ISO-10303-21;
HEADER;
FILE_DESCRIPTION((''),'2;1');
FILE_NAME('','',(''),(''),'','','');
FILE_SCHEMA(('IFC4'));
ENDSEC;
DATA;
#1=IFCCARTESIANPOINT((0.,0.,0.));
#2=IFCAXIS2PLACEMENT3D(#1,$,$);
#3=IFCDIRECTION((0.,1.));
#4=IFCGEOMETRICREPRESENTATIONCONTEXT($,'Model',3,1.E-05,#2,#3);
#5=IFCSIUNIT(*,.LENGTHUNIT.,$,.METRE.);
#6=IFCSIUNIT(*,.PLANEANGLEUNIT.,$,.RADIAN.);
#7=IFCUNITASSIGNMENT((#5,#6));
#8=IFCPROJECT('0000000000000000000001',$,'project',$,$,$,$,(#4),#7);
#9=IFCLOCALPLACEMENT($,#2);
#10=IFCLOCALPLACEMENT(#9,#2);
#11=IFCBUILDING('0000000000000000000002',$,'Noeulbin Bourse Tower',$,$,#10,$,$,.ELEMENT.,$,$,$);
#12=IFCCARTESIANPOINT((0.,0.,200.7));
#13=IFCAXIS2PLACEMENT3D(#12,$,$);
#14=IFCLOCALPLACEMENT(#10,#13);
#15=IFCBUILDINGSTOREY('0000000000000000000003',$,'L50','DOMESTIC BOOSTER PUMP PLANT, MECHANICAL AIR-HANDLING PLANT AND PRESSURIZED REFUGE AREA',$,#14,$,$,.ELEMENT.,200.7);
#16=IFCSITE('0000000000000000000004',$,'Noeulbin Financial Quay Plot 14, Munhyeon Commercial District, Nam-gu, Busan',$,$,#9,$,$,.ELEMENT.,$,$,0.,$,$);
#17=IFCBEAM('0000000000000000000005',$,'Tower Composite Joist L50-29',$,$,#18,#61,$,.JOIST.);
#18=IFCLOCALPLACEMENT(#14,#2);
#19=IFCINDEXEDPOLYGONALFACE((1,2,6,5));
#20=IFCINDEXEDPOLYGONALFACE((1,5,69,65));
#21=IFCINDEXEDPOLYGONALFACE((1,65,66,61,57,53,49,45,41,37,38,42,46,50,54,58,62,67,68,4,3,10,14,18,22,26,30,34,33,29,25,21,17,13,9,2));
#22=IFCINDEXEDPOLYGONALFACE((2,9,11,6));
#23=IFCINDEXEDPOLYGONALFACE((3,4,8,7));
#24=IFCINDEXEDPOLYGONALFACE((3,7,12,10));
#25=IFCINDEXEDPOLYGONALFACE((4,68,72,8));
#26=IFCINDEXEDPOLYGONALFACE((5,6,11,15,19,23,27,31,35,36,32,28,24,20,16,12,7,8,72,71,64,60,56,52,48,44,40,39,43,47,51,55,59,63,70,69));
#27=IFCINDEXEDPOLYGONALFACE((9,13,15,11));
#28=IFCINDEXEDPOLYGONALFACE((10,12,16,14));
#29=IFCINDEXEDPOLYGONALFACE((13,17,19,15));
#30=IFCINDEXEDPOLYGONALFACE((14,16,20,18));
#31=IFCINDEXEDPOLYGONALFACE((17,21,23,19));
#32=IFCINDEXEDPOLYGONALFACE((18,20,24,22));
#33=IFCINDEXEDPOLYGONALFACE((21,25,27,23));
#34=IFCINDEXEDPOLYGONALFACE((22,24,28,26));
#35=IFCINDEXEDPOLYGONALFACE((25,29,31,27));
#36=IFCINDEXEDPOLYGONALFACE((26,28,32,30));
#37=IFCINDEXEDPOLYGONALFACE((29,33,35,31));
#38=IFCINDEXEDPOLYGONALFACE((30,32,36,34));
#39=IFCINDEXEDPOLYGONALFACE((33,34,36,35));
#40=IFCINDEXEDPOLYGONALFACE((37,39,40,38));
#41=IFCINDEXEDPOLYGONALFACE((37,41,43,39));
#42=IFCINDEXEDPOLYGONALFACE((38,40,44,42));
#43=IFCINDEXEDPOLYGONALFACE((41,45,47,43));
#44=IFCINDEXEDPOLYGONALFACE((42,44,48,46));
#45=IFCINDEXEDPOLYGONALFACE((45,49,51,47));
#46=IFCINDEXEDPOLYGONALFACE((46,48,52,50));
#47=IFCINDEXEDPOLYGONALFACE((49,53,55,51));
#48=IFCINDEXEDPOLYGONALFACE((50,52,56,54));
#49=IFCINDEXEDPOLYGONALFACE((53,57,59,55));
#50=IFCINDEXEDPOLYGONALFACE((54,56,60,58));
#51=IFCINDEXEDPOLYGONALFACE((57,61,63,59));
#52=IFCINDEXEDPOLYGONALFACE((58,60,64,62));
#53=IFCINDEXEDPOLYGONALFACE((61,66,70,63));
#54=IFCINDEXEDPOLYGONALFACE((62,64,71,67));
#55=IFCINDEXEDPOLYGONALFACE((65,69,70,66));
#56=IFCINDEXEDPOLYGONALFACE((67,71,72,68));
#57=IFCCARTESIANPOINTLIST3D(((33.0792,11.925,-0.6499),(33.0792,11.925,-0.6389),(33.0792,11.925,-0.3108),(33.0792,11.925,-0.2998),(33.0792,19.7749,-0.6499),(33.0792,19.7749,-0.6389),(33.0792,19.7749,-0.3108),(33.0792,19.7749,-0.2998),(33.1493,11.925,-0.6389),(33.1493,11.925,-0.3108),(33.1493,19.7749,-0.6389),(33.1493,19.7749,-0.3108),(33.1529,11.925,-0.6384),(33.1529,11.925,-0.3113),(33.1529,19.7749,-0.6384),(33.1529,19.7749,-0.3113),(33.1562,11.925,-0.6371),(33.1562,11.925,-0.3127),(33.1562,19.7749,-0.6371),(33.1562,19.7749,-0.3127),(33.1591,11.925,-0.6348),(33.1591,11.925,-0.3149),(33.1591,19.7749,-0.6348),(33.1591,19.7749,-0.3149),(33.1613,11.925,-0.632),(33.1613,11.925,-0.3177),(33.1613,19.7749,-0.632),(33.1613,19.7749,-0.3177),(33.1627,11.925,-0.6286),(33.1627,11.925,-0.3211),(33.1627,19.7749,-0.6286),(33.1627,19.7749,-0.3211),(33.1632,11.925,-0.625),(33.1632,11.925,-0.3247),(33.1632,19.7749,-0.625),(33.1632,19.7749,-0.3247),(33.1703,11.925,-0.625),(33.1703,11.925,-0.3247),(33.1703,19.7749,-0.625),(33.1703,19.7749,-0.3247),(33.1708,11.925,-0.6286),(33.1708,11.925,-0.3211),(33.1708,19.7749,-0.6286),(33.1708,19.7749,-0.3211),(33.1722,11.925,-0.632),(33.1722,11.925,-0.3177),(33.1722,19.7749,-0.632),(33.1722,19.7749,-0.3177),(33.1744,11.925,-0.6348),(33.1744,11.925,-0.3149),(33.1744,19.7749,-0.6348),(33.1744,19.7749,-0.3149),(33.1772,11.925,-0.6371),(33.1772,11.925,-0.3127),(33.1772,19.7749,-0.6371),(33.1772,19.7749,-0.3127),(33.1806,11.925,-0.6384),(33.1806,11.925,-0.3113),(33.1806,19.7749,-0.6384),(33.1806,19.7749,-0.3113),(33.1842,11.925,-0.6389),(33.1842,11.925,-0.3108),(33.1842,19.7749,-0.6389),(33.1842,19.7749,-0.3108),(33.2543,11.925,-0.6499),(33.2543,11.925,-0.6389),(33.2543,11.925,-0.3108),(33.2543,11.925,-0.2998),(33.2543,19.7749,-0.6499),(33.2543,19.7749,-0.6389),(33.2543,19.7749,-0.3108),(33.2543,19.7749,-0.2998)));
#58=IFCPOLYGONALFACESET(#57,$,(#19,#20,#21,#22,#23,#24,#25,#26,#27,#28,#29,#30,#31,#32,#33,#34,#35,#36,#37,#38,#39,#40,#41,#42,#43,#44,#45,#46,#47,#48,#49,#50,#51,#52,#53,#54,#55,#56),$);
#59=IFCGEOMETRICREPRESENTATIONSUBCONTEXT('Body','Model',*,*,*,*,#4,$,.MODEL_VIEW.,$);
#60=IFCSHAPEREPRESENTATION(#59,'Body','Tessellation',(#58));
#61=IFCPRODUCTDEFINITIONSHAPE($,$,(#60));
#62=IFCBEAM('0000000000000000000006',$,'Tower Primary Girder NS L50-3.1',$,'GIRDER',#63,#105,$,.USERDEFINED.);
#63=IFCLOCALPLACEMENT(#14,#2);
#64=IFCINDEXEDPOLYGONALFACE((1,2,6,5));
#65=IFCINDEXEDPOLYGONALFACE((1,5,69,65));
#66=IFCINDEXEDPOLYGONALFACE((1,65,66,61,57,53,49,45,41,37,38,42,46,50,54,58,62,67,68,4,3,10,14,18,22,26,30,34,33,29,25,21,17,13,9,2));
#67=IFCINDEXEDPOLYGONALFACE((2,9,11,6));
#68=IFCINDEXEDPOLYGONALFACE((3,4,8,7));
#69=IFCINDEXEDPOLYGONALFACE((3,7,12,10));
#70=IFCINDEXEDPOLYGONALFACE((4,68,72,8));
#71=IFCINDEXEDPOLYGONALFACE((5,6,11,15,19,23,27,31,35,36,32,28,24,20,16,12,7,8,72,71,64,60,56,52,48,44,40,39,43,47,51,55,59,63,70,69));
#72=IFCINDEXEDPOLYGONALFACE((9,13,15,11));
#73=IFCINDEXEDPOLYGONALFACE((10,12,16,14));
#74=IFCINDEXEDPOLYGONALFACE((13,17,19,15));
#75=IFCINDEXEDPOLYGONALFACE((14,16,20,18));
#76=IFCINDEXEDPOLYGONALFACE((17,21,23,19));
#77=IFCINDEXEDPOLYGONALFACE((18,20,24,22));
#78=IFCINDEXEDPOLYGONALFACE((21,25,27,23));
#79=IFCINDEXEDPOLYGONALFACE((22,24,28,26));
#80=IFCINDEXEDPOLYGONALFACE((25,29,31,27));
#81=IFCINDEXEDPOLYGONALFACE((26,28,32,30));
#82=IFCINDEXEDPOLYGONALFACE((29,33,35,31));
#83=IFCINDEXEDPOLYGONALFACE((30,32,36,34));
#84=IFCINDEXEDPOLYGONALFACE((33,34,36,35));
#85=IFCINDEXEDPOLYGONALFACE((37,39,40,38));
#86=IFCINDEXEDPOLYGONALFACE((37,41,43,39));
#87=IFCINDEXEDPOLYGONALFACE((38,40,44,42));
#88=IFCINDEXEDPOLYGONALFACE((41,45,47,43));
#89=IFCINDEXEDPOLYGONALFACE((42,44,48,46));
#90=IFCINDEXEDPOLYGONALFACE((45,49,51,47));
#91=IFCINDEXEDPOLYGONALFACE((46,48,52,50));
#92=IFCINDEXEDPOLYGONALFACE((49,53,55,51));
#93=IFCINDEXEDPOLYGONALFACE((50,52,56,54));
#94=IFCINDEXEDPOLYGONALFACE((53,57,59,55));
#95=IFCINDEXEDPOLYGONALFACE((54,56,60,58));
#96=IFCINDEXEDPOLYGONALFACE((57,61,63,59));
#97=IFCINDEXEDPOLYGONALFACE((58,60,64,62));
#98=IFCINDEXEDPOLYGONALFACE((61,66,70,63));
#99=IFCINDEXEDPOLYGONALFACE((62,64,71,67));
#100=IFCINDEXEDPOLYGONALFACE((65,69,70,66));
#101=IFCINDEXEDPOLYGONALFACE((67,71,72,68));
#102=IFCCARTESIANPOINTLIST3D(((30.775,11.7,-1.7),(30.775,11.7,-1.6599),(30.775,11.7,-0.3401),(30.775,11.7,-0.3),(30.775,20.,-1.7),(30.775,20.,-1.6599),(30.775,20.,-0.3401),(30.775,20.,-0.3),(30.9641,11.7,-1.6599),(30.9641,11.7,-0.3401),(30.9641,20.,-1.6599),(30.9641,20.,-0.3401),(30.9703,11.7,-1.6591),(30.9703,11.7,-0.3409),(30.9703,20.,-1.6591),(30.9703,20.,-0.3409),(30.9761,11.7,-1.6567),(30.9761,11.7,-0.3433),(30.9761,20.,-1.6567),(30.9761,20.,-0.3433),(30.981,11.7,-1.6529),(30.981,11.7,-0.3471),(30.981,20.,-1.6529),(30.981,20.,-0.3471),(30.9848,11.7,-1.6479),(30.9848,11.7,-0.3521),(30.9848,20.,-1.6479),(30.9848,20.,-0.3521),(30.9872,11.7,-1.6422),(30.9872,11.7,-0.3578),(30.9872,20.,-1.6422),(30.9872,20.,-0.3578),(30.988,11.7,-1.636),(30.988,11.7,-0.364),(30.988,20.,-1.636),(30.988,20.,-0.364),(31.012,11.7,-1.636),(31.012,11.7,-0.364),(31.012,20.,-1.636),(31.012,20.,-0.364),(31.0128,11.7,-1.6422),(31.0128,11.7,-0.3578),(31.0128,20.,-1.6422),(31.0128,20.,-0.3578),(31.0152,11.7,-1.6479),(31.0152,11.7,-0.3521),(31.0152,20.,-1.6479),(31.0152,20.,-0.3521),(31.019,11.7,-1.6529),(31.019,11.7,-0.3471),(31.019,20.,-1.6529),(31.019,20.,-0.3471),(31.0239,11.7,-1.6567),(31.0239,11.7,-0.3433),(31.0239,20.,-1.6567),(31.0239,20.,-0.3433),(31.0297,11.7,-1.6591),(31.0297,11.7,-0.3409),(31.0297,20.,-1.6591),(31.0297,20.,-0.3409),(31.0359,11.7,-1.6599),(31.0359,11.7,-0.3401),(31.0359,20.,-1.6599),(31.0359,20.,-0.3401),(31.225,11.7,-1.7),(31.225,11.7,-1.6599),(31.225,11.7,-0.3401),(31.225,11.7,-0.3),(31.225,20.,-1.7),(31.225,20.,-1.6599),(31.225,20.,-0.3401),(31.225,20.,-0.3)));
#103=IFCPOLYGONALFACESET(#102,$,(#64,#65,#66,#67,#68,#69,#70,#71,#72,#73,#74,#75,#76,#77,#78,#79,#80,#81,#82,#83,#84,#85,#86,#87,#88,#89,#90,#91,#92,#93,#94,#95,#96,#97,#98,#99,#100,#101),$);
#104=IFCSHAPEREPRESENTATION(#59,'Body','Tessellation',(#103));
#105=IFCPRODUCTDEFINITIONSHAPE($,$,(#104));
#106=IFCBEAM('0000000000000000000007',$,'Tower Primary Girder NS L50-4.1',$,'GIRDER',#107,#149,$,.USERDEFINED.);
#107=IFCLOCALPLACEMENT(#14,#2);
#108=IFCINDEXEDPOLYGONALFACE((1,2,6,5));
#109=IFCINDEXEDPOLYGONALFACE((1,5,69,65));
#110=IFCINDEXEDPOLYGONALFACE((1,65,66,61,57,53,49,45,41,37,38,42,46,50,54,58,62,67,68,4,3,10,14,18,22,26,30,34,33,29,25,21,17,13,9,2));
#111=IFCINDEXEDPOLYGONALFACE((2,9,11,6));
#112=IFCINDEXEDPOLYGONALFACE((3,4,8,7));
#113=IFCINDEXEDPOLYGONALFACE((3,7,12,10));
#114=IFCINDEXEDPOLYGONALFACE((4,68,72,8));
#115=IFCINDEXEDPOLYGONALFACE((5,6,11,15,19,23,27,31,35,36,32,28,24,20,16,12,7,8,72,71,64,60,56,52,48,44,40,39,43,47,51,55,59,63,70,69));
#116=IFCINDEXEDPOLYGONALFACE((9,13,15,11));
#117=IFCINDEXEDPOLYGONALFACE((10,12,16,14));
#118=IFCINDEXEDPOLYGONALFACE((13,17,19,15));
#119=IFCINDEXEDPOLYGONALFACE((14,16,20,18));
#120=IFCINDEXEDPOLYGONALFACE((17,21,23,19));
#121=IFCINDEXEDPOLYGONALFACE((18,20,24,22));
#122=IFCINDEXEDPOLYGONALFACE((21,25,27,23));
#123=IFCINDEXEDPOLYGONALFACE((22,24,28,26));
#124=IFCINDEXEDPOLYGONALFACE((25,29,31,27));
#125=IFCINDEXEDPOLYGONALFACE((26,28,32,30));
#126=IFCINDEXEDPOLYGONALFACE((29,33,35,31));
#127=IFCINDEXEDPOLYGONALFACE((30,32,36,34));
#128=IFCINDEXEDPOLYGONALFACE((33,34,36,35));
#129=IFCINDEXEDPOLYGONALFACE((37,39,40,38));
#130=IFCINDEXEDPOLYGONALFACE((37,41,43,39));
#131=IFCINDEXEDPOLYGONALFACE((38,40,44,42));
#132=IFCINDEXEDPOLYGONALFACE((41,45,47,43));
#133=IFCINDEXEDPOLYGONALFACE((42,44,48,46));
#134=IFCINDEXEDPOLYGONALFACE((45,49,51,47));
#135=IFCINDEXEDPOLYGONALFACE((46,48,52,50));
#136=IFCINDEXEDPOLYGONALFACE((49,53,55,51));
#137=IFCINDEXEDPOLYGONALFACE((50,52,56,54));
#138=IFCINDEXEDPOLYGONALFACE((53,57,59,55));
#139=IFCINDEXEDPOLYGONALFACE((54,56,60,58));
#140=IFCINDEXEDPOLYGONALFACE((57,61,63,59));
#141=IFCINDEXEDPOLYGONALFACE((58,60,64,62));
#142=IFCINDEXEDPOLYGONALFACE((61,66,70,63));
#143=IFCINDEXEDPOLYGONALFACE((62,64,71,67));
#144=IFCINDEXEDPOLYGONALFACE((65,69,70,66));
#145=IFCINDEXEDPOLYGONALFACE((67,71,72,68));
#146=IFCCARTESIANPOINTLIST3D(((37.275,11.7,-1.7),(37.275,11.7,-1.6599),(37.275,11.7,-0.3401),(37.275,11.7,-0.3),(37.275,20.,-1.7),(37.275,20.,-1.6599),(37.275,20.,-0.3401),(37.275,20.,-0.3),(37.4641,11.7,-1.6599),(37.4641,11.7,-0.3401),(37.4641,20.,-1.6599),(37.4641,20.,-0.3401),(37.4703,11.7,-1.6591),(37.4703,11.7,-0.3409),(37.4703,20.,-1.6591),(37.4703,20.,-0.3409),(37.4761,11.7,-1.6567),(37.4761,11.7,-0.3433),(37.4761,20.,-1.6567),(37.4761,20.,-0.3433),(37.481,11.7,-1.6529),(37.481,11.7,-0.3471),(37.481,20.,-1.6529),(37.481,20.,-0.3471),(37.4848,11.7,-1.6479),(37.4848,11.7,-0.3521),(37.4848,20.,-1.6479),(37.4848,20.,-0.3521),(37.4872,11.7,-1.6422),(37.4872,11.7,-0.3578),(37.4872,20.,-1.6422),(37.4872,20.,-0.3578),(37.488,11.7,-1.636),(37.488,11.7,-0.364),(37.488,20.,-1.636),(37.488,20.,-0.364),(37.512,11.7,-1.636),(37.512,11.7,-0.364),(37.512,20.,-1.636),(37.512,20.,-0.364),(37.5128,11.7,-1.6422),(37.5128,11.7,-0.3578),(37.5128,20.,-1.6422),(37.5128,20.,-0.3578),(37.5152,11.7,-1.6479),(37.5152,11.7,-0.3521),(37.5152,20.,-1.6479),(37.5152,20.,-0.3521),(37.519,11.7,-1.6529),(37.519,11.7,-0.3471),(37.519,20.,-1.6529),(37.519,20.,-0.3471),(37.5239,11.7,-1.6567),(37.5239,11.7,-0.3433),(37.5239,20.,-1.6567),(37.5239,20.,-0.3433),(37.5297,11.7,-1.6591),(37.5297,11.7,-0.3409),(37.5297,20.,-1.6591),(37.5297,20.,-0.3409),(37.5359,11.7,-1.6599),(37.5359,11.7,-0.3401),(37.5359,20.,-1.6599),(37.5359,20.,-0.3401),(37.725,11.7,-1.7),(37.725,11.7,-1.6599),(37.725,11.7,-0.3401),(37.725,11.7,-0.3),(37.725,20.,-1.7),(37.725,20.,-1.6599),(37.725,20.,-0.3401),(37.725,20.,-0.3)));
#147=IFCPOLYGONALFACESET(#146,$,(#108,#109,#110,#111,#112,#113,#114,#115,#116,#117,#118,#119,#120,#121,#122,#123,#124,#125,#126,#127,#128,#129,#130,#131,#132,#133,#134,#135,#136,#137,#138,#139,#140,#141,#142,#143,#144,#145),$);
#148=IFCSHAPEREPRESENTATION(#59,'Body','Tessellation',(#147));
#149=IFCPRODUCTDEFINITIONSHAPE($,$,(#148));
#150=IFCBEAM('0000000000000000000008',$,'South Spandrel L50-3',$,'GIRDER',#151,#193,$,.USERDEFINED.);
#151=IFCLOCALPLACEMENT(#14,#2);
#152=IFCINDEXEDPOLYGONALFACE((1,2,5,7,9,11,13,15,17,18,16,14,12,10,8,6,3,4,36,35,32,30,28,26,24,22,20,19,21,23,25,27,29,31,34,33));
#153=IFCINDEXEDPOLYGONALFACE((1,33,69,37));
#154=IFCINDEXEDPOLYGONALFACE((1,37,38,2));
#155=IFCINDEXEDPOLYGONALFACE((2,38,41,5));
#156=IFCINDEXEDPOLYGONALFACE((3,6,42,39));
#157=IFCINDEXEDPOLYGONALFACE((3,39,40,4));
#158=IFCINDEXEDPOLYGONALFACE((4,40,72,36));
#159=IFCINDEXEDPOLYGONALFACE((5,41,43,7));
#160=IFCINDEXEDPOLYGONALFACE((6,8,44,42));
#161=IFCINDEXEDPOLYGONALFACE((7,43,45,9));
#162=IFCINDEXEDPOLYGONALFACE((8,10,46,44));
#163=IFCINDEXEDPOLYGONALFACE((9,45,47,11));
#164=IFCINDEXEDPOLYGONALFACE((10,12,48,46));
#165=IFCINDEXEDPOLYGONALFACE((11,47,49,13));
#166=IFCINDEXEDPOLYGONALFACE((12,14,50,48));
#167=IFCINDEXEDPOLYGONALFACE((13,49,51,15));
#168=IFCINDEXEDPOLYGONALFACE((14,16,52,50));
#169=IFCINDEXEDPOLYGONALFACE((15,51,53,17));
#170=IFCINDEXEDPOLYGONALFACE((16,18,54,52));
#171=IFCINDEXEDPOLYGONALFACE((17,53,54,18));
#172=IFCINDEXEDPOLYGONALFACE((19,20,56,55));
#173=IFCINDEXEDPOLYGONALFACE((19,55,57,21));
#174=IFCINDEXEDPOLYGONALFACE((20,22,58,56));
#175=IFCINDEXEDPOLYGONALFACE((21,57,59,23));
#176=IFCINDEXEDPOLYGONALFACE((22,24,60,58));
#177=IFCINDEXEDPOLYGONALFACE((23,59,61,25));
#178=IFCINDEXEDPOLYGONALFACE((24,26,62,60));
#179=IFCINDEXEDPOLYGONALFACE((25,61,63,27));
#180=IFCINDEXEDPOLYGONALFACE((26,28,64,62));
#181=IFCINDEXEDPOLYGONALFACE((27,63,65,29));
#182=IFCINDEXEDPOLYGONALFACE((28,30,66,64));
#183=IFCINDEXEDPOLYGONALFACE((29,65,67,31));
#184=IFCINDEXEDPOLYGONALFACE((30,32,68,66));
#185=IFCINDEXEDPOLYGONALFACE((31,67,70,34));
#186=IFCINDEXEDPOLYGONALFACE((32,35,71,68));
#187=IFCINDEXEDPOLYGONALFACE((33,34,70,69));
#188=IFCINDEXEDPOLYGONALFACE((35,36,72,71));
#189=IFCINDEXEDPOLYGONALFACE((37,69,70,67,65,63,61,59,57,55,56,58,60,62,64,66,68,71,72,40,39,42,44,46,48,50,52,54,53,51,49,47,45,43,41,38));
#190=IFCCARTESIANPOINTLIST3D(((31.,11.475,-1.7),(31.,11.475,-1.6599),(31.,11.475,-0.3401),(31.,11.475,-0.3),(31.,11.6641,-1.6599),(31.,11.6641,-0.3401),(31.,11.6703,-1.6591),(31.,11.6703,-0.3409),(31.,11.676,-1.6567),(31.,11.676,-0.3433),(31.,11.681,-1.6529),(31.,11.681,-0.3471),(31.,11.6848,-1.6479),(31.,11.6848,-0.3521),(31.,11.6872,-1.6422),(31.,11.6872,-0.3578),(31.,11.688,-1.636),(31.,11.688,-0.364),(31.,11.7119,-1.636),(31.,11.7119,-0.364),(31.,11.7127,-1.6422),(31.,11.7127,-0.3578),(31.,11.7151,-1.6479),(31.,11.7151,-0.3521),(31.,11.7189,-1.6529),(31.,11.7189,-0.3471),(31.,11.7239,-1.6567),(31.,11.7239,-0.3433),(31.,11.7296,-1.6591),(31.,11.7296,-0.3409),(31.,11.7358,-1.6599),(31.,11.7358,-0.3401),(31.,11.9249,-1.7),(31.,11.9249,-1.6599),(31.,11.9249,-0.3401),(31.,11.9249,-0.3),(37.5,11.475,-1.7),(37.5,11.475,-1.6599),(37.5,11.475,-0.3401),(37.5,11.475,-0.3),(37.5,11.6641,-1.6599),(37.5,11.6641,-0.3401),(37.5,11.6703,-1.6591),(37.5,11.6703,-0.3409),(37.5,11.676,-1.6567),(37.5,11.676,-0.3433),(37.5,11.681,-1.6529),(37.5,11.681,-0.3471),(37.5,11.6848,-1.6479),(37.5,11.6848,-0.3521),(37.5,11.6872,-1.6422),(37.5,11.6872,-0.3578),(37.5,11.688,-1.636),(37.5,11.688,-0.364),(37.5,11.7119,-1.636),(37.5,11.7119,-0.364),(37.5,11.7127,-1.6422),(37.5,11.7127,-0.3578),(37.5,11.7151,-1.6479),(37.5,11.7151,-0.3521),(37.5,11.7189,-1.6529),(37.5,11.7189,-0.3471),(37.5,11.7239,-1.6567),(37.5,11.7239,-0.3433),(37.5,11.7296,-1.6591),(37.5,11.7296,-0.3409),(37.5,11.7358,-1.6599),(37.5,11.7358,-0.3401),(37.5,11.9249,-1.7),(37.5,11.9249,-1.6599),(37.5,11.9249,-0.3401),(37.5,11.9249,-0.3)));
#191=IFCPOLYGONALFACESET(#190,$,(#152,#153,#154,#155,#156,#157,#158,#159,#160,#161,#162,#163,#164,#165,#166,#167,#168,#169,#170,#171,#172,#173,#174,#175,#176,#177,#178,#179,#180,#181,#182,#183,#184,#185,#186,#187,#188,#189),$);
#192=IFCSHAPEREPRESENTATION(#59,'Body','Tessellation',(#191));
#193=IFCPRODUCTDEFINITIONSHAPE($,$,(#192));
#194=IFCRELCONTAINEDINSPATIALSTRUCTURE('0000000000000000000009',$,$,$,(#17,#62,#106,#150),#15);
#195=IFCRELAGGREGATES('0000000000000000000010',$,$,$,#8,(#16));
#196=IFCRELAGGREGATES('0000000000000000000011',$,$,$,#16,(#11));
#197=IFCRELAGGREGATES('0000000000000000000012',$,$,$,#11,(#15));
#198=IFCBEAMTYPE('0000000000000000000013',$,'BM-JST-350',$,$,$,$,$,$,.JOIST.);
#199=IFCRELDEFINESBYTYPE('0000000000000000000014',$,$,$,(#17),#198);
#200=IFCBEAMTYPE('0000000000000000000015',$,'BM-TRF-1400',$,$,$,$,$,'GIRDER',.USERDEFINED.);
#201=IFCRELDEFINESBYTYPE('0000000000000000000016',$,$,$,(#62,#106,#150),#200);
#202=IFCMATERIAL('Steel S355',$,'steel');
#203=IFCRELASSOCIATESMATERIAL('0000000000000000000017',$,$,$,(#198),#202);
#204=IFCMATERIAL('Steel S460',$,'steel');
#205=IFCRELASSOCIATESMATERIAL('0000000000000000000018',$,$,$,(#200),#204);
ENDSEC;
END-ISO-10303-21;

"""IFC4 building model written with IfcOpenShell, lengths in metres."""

from ifc_helpers import new_model, si_unit, direction, frame, origin, origin_2d, place, context, subcontext, project, spatial, i_section, extrude, material, material_profile, profile_set, type_object, element, save


model = new_model("IFC4")

# Units and contexts
model_context = context("Model", 3, precision=1e-05, world=origin(), true_north=direction((0.0, 1.0)))
body_context = subcontext(model_context, "Body", "Model", "MODEL_VIEW")
ifc_project = project(units=[si_unit("LENGTHUNIT", "METRE"), si_unit("PLANEANGLEUNIT", "RADIAN")], contexts=[model_context])

# Site, building, storey
site_placement = place(None, origin())
site = spatial("IfcSite", under=ifc_project, at=site_placement, Name="Noeulbin Financial Quay Plot 14, Munhyeon Commercial District, Nam-gu, Busan", CompositionType="ELEMENT", RefElevation=0.0)
building_placement = place(site_placement, origin())
building = spatial("IfcBuilding", under=site, at=building_placement, Name="Noeulbin Bourse Tower", CompositionType="ELEMENT")
storey_placement = place(building_placement, frame((0.0, 0.0, 200.7)))
storey = spatial("IfcBuildingStorey", under=building, at=storey_placement, Name="L50", Description="DOMESTIC BOOSTER PUMP PLANT, MECHANICAL AIR-HANDLING PLANT AND PRESSURIZED REFUGE AREA", CompositionType="ELEMENT", Elevation=200.7)

# Shared definitions
ifc_material_1 = material(Name="Steel S355", Category="steel")

# Beams
ifc_material_profile_1 = material_profile(ifc_material_1, i_section(OverallWidth=0.175, OverallDepth=0.3501, WebThickness=0.0071, FlangeThickness=0.011, FilletRadius=0.0139, at=origin_2d()), Name="H-350x175x7x11", Category="LoadBearing")
ifc_profile_set_1 = profile_set([ifc_material_profile_1], Name="Steel S355")
beam_type_1 = type_object("IfcBeamType", Name="BM-JST-350", PredefinedType="JOIST", material=ifc_profile_set_1)
for number, where, z_axis, x_axis, name in (
    (1, (33.1667, 11.925, -0.4749), (0.0, 1.0, 0.0), (-1.0, 0.0, 0.0), "Tower Composite Joist L50-29"),
):
    element("IfcBeam", number, at=place(storey_placement, frame(where, z_axis=z_axis, x_axis=x_axis)), inside=storey, type_object=beam_type_1, Name=name, PredefinedType="JOIST", context=body_context, shape_type="SweptSolid", body=[
        extrude(i_section(OverallWidth=0.175, OverallDepth=0.3501, WebThickness=0.0071, FlangeThickness=0.011, FilletRadius=0.0139, at=origin_2d()), origin(), (0.0, 0.0, 1.0), 7.8499),
    ])
ifc_material_2 = material(Name="Steel S460", Category="steel")
ifc_material_profile_2 = material_profile(ifc_material_2, i_section(OverallWidth=0.45, OverallDepth=1.3999, WebThickness=0.0239, FlangeThickness=0.04, FilletRadius=0.0239, at=origin_2d()), Name="PG-1400x450x24x40", Category="LoadBearing")
ifc_profile_set_2 = profile_set([ifc_material_profile_2], Name="Steel S460")
beam_type_2 = type_object("IfcBeamType", Name="BM-TRF-1400", ElementType="GIRDER", PredefinedType="USERDEFINED", material=ifc_profile_set_2)
for number, where, z_axis, x_axis, name in (
    (2, (31.0, 11.7, -1.0), (0.0, 1.0, 0.0), (-1.0, 0.0, 0.0), "Tower Primary Girder NS L50-3.1"),
    (3, (37.5, 11.7, -1.0), (0.0, 1.0, 0.0), (-1.0, 0.0, 0.0), "Tower Primary Girder NS L50-4.1"),
):
    element("IfcBeam", number, at=place(storey_placement, frame(where, z_axis=z_axis, x_axis=x_axis)), inside=storey, type_object=beam_type_2, Name=name, ObjectType="GIRDER", PredefinedType="USERDEFINED", context=body_context, shape_type="SweptSolid", body=[
        extrude(i_section(OverallWidth=0.45, OverallDepth=1.3999, WebThickness=0.0239, FlangeThickness=0.04, FilletRadius=0.0239, at=origin_2d()), origin(), (0.0, 0.0, 1.0), 8.3),
    ])
for number, where, z_axis, x_axis, name in (
    (4, (31.0, 11.7, -1.0), (1.0, 0.0, 0.0), (0.0, 1.0, 0.0), "South Spandrel L50-3"),
):
    element("IfcBeam", number, at=place(storey_placement, frame(where, z_axis=z_axis, x_axis=x_axis)), inside=storey, type_object=beam_type_2, Name=name, ObjectType="GIRDER", PredefinedType="USERDEFINED", context=body_context, shape_type="SweptSolid", body=[
        extrude(i_section(OverallWidth=0.45, OverallDepth=1.3999, WebThickness=0.0239, FlangeThickness=0.04, FilletRadius=0.0239, at=origin_2d()), origin(), (0.0, 0.0, 1.0), 6.5),
    ])

save(model, "model.ifc")
